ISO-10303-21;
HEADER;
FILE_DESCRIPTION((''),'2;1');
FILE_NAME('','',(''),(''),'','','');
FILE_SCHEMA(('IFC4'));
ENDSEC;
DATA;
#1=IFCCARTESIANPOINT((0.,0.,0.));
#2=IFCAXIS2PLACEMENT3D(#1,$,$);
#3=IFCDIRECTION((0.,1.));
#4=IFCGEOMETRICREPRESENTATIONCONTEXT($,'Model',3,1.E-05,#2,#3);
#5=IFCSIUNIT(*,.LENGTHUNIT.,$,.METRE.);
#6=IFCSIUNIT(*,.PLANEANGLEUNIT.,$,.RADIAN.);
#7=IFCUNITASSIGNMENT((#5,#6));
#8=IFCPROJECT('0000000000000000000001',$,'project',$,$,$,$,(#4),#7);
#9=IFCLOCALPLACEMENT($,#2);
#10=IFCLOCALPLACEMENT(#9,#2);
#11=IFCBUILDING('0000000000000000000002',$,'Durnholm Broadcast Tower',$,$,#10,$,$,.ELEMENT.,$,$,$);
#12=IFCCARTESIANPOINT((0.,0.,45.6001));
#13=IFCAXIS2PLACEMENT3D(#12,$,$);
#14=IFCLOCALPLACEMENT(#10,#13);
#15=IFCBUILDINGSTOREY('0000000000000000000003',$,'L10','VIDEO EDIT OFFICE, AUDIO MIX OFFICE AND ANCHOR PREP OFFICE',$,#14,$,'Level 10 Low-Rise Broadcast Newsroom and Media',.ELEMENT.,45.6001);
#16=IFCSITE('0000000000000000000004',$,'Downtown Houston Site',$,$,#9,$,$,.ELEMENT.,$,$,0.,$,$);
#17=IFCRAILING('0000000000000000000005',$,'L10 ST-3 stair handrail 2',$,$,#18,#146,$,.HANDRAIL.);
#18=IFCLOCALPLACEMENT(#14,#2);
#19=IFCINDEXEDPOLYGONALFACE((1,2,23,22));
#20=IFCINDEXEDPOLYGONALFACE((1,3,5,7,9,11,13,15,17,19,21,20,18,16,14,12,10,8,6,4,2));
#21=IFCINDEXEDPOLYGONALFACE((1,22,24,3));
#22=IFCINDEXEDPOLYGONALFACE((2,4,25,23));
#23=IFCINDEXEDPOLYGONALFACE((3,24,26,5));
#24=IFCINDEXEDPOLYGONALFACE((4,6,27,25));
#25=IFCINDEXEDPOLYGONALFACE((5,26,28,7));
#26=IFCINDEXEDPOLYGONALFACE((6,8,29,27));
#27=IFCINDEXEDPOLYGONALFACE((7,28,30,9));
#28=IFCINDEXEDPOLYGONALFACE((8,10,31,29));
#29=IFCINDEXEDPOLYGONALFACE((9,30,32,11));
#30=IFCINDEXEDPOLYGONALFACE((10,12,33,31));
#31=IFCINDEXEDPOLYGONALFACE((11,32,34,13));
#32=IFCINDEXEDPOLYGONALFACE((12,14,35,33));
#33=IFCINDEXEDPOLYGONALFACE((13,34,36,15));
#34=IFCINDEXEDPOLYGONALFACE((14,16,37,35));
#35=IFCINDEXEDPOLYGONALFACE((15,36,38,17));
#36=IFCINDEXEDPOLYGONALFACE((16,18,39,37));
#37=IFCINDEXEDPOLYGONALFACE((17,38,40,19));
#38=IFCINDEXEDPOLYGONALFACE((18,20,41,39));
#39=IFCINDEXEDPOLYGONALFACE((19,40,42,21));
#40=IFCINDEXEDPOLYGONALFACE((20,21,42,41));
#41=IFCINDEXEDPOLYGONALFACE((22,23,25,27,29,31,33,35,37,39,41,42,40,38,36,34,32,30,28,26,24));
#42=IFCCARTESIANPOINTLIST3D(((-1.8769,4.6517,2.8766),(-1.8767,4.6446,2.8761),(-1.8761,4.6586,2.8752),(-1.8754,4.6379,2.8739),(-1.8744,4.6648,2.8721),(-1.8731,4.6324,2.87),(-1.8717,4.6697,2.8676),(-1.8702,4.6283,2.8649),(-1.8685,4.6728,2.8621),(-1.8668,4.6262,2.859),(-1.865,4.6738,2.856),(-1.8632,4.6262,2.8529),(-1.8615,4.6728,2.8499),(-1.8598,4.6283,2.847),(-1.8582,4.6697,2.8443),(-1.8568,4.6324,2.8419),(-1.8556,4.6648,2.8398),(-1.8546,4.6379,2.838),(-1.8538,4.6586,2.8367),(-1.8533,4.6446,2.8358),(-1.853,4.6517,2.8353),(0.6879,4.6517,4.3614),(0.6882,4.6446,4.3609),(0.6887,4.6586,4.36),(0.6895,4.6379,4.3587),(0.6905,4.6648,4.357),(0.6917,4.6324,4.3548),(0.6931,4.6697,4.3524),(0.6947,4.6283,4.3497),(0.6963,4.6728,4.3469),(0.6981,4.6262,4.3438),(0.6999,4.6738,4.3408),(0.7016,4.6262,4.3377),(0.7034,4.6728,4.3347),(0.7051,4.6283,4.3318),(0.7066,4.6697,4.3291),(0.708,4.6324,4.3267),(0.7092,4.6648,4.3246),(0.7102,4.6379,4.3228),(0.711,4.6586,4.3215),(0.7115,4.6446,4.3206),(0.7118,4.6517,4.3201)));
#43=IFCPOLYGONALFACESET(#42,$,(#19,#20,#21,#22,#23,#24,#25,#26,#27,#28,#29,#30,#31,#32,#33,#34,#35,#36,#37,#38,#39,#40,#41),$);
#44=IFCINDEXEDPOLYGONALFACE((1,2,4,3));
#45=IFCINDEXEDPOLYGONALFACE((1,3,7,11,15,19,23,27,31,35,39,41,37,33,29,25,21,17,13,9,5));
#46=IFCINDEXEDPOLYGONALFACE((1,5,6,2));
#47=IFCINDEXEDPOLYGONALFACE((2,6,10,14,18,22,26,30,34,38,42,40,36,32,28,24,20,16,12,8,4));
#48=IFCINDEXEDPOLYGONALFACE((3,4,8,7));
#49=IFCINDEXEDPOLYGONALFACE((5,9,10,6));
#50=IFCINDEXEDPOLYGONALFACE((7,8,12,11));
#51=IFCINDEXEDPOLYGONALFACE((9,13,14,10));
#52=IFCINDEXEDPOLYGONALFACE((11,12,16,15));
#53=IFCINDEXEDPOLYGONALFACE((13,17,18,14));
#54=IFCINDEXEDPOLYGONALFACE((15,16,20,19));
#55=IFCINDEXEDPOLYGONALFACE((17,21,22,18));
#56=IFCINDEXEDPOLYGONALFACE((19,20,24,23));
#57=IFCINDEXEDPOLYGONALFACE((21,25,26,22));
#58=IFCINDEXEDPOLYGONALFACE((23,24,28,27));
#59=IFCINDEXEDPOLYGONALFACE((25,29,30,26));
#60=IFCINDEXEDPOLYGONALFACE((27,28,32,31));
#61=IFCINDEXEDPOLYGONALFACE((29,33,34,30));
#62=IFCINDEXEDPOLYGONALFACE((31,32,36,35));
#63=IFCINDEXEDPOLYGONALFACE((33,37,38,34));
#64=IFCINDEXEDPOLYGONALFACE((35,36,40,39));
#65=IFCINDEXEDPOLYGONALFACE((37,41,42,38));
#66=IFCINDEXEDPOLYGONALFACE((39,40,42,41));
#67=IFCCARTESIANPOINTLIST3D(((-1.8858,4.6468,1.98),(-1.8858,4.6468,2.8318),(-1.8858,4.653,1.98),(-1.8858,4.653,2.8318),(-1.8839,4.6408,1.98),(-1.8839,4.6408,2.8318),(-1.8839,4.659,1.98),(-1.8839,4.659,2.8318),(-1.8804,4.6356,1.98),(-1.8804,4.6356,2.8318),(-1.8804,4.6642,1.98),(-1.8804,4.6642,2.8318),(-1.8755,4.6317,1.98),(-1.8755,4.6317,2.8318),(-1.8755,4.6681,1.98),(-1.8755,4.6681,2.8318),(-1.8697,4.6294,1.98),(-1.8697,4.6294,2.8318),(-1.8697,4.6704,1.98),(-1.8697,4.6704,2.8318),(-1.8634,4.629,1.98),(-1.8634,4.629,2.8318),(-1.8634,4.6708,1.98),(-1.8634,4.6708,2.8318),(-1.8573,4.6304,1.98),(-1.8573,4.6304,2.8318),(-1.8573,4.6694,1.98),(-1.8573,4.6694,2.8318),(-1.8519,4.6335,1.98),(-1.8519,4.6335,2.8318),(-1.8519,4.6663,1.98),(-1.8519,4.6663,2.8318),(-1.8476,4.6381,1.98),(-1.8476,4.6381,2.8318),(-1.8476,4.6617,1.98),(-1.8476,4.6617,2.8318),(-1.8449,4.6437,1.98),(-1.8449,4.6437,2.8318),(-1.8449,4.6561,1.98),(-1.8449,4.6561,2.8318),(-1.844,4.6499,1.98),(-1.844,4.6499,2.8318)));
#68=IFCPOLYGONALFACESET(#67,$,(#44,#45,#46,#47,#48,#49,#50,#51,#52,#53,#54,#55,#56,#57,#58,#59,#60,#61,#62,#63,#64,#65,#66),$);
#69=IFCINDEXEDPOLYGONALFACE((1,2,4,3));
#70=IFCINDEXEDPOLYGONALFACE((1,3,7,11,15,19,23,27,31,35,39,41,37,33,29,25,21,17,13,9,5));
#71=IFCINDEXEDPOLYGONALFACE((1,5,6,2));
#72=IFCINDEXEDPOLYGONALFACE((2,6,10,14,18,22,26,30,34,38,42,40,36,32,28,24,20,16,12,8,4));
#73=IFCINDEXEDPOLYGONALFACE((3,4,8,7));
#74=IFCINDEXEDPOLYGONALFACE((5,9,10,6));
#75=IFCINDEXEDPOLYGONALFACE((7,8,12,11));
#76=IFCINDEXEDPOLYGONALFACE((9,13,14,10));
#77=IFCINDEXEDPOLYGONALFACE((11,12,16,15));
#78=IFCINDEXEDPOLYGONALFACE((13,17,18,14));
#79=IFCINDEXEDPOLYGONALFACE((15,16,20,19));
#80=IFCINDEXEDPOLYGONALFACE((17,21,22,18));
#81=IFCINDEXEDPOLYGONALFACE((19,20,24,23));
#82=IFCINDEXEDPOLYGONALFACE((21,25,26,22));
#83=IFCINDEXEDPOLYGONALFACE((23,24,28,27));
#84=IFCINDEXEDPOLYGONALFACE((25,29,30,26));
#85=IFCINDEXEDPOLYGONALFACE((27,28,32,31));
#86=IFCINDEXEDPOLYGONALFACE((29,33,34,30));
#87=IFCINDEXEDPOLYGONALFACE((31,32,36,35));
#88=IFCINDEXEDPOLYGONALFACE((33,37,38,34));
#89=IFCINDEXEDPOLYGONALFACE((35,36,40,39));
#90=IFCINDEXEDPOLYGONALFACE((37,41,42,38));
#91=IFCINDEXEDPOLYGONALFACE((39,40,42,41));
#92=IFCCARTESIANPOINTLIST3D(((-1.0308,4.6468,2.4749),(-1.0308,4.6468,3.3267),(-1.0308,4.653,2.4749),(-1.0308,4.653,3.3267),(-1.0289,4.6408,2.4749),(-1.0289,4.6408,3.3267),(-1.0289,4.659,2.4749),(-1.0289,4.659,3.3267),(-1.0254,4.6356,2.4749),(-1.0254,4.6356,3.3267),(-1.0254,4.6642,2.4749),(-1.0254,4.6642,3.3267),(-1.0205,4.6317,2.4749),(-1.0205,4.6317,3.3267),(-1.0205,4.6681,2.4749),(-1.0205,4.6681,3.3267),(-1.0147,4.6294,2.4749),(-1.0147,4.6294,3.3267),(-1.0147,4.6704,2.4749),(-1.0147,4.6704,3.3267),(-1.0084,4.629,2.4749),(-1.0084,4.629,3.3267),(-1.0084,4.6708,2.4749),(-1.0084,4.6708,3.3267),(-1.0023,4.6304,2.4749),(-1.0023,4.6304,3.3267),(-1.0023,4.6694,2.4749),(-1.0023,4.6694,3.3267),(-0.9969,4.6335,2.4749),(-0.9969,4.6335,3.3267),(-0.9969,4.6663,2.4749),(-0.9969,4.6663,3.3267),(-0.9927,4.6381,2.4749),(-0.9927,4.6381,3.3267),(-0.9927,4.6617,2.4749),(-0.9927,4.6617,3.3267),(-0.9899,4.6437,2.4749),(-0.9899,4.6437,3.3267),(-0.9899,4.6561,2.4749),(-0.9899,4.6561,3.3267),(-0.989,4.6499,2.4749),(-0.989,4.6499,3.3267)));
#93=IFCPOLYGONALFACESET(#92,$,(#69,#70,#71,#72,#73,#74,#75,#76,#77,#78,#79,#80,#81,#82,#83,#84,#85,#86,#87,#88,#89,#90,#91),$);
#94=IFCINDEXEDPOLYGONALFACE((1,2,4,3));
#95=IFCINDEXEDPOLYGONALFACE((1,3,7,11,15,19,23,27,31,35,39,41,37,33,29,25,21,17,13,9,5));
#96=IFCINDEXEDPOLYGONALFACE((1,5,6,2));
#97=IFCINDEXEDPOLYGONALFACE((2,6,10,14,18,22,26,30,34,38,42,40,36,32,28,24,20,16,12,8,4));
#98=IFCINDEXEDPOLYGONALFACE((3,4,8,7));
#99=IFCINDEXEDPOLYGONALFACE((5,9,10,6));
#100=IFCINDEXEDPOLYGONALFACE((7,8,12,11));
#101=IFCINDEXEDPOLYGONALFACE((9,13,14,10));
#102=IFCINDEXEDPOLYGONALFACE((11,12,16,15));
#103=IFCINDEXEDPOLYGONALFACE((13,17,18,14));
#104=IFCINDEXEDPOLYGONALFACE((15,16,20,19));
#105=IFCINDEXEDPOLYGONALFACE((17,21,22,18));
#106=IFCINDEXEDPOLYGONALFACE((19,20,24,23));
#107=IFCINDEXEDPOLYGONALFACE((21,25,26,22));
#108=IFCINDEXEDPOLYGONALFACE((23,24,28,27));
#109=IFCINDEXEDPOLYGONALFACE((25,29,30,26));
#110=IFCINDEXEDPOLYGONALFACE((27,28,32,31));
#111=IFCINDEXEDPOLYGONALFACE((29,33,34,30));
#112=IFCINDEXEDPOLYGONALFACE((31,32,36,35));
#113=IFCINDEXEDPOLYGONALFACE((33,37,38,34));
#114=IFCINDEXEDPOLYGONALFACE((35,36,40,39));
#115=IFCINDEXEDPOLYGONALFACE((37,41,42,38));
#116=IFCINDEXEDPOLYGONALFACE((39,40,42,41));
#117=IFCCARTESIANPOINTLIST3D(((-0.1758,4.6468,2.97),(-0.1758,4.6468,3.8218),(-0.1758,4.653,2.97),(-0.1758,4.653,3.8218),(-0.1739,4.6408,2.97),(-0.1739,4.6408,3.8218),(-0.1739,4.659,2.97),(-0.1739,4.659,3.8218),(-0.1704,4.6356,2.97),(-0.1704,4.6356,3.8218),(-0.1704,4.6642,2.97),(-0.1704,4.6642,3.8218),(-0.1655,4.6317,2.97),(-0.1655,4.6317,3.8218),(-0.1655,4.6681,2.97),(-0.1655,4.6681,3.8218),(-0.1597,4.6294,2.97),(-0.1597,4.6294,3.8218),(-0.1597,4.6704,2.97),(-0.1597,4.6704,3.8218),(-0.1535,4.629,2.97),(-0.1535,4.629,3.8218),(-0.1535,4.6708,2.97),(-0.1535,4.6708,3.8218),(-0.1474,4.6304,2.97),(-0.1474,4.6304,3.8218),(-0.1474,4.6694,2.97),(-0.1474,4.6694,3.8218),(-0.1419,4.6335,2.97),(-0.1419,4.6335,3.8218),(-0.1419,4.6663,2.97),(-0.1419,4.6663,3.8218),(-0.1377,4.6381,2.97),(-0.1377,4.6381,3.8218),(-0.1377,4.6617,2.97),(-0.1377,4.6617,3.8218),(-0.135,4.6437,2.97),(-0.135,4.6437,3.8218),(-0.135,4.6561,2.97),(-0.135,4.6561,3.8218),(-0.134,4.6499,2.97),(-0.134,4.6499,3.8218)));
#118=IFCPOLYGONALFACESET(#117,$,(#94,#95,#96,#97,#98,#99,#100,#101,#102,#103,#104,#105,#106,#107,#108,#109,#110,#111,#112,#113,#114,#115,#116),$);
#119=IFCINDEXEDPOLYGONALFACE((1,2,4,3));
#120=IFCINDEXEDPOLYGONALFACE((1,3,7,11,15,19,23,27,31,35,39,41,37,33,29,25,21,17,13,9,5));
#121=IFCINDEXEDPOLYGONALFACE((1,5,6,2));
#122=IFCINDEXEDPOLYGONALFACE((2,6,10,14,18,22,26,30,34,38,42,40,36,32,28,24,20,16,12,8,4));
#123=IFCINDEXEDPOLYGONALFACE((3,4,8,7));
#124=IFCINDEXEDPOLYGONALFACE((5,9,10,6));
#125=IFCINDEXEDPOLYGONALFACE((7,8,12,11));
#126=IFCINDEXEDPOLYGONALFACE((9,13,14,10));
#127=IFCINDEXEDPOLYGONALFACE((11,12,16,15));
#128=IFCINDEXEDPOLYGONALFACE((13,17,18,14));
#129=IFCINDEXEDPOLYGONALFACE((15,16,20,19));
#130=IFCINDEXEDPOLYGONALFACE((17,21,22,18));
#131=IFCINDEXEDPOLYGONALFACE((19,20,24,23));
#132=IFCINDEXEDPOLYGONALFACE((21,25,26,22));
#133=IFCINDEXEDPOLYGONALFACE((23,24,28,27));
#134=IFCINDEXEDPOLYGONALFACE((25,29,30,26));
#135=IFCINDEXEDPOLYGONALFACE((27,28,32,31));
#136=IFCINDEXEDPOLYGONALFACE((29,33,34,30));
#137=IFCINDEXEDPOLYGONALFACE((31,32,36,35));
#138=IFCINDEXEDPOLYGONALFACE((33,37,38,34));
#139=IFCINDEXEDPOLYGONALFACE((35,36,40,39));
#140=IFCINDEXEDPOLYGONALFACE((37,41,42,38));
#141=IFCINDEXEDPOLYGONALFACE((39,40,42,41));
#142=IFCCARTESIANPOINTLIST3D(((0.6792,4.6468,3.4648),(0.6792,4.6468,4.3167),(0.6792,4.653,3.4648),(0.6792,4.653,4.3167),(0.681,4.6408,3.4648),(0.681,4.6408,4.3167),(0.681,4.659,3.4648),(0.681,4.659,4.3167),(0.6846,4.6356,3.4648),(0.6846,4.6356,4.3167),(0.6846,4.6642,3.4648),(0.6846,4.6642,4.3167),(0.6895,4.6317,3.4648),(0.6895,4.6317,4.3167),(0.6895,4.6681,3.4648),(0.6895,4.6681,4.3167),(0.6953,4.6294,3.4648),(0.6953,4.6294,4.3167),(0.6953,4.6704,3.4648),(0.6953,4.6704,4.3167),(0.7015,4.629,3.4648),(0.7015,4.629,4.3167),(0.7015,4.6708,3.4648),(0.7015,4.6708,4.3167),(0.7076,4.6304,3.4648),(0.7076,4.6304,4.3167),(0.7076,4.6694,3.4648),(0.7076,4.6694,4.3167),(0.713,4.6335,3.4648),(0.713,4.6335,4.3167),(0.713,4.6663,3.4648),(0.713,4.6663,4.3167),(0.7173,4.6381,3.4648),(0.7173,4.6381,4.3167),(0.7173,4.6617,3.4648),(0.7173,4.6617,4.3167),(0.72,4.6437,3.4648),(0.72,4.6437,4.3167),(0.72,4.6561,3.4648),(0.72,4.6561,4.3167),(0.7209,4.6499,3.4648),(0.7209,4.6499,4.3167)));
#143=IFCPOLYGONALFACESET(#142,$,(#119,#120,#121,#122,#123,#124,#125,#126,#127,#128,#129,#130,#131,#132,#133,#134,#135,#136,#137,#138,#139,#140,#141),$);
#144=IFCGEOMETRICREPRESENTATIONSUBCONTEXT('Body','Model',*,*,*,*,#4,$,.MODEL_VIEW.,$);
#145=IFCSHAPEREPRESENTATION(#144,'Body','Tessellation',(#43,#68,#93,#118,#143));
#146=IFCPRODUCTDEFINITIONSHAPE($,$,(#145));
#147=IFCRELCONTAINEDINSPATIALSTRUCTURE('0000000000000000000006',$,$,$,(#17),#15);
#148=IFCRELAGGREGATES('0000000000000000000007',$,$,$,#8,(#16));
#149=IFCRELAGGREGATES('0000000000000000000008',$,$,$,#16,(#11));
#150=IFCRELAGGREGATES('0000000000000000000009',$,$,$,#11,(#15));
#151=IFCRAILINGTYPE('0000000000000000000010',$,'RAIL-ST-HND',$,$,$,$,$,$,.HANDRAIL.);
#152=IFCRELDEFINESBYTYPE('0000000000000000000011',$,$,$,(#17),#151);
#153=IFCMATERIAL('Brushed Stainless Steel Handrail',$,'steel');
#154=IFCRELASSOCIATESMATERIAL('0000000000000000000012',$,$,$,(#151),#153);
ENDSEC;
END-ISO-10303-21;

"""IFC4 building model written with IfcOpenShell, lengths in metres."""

from ifc_helpers import new_model, si_unit, direction, frame, origin, origin_2d, place, context, subcontext, project, spatial, circle, extrude, material, type_object, element, save


model = new_model("IFC4")

# Units and contexts
model_context = context("Model", 3, precision=1e-05, world=origin(), true_north=direction((0.0, 1.0)))
body_context = subcontext(model_context, "Body", "Model", "MODEL_VIEW")
ifc_project = project(units=[si_unit("LENGTHUNIT", "METRE"), si_unit("PLANEANGLEUNIT", "RADIAN")], contexts=[model_context])

# Site, building, storey
site_placement = place(None, origin())
site = spatial("IfcSite", under=ifc_project, at=site_placement, Name="Downtown Houston Site", CompositionType="ELEMENT", RefElevation=0.0)
building_placement = place(site_placement, origin())
building = spatial("IfcBuilding", under=site, at=building_placement, Name="Durnholm Broadcast Tower", CompositionType="ELEMENT")
storey_placement = place(building_placement, frame((0.0, 0.0, 45.6001)))
storey = spatial("IfcBuildingStorey", under=building, at=storey_placement, Name="L10", Description="VIDEO EDIT OFFICE, AUDIO MIX OFFICE AND ANCHOR PREP OFFICE", LongName="Level 10 Low-Rise Broadcast Newsroom and Media", CompositionType="ELEMENT", Elevation=45.6001)

# Railing
ifc_material_1 = material(Name="Brushed Stainless Steel Handrail", Category="steel")
railing_type_1 = type_object("IfcRailingType", Name="RAIL-ST-HND", PredefinedType="HANDRAIL", material=ifc_material_1)
railing_1_placement = place(storey_placement, frame((-1.865, 4.6499, 1.98)))
element("IfcRailing", 1, at=railing_1_placement, inside=storey, type_object=railing_type_1, Name="L10 ST-3 stair handrail 2", PredefinedType="HANDRAIL", context=body_context, shape_type="SweptSolid", body=[
    extrude(circle(Radius=0.0239, at=origin_2d()), frame((0.0, 0.0, 0.876), z_axis=(0.865441, 0.0, 0.50101), x_axis=(0.0, 1.0, 0.0)), (0.0, 0.0, 1.0), 2.9636),
    extrude(circle(Radius=0.021, at=origin_2d()), origin(), (0.0, 0.0, 1.0), 0.8518),
    extrude(circle(Radius=0.021, at=origin_2d()), frame((0.855, 0.0, 0.4949)), (0.0, 0.0, 1.0), 0.8518),
    extrude(circle(Radius=0.021, at=origin_2d()), frame((1.71, 0.0, 0.99)), (0.0, 0.0, 1.0), 0.8518),
    extrude(circle(Radius=0.021, at=origin_2d()), frame((2.5649, 0.0, 1.4849)), (0.0, 0.0, 1.0), 0.8518),
])

save(model, "model.ifc")
